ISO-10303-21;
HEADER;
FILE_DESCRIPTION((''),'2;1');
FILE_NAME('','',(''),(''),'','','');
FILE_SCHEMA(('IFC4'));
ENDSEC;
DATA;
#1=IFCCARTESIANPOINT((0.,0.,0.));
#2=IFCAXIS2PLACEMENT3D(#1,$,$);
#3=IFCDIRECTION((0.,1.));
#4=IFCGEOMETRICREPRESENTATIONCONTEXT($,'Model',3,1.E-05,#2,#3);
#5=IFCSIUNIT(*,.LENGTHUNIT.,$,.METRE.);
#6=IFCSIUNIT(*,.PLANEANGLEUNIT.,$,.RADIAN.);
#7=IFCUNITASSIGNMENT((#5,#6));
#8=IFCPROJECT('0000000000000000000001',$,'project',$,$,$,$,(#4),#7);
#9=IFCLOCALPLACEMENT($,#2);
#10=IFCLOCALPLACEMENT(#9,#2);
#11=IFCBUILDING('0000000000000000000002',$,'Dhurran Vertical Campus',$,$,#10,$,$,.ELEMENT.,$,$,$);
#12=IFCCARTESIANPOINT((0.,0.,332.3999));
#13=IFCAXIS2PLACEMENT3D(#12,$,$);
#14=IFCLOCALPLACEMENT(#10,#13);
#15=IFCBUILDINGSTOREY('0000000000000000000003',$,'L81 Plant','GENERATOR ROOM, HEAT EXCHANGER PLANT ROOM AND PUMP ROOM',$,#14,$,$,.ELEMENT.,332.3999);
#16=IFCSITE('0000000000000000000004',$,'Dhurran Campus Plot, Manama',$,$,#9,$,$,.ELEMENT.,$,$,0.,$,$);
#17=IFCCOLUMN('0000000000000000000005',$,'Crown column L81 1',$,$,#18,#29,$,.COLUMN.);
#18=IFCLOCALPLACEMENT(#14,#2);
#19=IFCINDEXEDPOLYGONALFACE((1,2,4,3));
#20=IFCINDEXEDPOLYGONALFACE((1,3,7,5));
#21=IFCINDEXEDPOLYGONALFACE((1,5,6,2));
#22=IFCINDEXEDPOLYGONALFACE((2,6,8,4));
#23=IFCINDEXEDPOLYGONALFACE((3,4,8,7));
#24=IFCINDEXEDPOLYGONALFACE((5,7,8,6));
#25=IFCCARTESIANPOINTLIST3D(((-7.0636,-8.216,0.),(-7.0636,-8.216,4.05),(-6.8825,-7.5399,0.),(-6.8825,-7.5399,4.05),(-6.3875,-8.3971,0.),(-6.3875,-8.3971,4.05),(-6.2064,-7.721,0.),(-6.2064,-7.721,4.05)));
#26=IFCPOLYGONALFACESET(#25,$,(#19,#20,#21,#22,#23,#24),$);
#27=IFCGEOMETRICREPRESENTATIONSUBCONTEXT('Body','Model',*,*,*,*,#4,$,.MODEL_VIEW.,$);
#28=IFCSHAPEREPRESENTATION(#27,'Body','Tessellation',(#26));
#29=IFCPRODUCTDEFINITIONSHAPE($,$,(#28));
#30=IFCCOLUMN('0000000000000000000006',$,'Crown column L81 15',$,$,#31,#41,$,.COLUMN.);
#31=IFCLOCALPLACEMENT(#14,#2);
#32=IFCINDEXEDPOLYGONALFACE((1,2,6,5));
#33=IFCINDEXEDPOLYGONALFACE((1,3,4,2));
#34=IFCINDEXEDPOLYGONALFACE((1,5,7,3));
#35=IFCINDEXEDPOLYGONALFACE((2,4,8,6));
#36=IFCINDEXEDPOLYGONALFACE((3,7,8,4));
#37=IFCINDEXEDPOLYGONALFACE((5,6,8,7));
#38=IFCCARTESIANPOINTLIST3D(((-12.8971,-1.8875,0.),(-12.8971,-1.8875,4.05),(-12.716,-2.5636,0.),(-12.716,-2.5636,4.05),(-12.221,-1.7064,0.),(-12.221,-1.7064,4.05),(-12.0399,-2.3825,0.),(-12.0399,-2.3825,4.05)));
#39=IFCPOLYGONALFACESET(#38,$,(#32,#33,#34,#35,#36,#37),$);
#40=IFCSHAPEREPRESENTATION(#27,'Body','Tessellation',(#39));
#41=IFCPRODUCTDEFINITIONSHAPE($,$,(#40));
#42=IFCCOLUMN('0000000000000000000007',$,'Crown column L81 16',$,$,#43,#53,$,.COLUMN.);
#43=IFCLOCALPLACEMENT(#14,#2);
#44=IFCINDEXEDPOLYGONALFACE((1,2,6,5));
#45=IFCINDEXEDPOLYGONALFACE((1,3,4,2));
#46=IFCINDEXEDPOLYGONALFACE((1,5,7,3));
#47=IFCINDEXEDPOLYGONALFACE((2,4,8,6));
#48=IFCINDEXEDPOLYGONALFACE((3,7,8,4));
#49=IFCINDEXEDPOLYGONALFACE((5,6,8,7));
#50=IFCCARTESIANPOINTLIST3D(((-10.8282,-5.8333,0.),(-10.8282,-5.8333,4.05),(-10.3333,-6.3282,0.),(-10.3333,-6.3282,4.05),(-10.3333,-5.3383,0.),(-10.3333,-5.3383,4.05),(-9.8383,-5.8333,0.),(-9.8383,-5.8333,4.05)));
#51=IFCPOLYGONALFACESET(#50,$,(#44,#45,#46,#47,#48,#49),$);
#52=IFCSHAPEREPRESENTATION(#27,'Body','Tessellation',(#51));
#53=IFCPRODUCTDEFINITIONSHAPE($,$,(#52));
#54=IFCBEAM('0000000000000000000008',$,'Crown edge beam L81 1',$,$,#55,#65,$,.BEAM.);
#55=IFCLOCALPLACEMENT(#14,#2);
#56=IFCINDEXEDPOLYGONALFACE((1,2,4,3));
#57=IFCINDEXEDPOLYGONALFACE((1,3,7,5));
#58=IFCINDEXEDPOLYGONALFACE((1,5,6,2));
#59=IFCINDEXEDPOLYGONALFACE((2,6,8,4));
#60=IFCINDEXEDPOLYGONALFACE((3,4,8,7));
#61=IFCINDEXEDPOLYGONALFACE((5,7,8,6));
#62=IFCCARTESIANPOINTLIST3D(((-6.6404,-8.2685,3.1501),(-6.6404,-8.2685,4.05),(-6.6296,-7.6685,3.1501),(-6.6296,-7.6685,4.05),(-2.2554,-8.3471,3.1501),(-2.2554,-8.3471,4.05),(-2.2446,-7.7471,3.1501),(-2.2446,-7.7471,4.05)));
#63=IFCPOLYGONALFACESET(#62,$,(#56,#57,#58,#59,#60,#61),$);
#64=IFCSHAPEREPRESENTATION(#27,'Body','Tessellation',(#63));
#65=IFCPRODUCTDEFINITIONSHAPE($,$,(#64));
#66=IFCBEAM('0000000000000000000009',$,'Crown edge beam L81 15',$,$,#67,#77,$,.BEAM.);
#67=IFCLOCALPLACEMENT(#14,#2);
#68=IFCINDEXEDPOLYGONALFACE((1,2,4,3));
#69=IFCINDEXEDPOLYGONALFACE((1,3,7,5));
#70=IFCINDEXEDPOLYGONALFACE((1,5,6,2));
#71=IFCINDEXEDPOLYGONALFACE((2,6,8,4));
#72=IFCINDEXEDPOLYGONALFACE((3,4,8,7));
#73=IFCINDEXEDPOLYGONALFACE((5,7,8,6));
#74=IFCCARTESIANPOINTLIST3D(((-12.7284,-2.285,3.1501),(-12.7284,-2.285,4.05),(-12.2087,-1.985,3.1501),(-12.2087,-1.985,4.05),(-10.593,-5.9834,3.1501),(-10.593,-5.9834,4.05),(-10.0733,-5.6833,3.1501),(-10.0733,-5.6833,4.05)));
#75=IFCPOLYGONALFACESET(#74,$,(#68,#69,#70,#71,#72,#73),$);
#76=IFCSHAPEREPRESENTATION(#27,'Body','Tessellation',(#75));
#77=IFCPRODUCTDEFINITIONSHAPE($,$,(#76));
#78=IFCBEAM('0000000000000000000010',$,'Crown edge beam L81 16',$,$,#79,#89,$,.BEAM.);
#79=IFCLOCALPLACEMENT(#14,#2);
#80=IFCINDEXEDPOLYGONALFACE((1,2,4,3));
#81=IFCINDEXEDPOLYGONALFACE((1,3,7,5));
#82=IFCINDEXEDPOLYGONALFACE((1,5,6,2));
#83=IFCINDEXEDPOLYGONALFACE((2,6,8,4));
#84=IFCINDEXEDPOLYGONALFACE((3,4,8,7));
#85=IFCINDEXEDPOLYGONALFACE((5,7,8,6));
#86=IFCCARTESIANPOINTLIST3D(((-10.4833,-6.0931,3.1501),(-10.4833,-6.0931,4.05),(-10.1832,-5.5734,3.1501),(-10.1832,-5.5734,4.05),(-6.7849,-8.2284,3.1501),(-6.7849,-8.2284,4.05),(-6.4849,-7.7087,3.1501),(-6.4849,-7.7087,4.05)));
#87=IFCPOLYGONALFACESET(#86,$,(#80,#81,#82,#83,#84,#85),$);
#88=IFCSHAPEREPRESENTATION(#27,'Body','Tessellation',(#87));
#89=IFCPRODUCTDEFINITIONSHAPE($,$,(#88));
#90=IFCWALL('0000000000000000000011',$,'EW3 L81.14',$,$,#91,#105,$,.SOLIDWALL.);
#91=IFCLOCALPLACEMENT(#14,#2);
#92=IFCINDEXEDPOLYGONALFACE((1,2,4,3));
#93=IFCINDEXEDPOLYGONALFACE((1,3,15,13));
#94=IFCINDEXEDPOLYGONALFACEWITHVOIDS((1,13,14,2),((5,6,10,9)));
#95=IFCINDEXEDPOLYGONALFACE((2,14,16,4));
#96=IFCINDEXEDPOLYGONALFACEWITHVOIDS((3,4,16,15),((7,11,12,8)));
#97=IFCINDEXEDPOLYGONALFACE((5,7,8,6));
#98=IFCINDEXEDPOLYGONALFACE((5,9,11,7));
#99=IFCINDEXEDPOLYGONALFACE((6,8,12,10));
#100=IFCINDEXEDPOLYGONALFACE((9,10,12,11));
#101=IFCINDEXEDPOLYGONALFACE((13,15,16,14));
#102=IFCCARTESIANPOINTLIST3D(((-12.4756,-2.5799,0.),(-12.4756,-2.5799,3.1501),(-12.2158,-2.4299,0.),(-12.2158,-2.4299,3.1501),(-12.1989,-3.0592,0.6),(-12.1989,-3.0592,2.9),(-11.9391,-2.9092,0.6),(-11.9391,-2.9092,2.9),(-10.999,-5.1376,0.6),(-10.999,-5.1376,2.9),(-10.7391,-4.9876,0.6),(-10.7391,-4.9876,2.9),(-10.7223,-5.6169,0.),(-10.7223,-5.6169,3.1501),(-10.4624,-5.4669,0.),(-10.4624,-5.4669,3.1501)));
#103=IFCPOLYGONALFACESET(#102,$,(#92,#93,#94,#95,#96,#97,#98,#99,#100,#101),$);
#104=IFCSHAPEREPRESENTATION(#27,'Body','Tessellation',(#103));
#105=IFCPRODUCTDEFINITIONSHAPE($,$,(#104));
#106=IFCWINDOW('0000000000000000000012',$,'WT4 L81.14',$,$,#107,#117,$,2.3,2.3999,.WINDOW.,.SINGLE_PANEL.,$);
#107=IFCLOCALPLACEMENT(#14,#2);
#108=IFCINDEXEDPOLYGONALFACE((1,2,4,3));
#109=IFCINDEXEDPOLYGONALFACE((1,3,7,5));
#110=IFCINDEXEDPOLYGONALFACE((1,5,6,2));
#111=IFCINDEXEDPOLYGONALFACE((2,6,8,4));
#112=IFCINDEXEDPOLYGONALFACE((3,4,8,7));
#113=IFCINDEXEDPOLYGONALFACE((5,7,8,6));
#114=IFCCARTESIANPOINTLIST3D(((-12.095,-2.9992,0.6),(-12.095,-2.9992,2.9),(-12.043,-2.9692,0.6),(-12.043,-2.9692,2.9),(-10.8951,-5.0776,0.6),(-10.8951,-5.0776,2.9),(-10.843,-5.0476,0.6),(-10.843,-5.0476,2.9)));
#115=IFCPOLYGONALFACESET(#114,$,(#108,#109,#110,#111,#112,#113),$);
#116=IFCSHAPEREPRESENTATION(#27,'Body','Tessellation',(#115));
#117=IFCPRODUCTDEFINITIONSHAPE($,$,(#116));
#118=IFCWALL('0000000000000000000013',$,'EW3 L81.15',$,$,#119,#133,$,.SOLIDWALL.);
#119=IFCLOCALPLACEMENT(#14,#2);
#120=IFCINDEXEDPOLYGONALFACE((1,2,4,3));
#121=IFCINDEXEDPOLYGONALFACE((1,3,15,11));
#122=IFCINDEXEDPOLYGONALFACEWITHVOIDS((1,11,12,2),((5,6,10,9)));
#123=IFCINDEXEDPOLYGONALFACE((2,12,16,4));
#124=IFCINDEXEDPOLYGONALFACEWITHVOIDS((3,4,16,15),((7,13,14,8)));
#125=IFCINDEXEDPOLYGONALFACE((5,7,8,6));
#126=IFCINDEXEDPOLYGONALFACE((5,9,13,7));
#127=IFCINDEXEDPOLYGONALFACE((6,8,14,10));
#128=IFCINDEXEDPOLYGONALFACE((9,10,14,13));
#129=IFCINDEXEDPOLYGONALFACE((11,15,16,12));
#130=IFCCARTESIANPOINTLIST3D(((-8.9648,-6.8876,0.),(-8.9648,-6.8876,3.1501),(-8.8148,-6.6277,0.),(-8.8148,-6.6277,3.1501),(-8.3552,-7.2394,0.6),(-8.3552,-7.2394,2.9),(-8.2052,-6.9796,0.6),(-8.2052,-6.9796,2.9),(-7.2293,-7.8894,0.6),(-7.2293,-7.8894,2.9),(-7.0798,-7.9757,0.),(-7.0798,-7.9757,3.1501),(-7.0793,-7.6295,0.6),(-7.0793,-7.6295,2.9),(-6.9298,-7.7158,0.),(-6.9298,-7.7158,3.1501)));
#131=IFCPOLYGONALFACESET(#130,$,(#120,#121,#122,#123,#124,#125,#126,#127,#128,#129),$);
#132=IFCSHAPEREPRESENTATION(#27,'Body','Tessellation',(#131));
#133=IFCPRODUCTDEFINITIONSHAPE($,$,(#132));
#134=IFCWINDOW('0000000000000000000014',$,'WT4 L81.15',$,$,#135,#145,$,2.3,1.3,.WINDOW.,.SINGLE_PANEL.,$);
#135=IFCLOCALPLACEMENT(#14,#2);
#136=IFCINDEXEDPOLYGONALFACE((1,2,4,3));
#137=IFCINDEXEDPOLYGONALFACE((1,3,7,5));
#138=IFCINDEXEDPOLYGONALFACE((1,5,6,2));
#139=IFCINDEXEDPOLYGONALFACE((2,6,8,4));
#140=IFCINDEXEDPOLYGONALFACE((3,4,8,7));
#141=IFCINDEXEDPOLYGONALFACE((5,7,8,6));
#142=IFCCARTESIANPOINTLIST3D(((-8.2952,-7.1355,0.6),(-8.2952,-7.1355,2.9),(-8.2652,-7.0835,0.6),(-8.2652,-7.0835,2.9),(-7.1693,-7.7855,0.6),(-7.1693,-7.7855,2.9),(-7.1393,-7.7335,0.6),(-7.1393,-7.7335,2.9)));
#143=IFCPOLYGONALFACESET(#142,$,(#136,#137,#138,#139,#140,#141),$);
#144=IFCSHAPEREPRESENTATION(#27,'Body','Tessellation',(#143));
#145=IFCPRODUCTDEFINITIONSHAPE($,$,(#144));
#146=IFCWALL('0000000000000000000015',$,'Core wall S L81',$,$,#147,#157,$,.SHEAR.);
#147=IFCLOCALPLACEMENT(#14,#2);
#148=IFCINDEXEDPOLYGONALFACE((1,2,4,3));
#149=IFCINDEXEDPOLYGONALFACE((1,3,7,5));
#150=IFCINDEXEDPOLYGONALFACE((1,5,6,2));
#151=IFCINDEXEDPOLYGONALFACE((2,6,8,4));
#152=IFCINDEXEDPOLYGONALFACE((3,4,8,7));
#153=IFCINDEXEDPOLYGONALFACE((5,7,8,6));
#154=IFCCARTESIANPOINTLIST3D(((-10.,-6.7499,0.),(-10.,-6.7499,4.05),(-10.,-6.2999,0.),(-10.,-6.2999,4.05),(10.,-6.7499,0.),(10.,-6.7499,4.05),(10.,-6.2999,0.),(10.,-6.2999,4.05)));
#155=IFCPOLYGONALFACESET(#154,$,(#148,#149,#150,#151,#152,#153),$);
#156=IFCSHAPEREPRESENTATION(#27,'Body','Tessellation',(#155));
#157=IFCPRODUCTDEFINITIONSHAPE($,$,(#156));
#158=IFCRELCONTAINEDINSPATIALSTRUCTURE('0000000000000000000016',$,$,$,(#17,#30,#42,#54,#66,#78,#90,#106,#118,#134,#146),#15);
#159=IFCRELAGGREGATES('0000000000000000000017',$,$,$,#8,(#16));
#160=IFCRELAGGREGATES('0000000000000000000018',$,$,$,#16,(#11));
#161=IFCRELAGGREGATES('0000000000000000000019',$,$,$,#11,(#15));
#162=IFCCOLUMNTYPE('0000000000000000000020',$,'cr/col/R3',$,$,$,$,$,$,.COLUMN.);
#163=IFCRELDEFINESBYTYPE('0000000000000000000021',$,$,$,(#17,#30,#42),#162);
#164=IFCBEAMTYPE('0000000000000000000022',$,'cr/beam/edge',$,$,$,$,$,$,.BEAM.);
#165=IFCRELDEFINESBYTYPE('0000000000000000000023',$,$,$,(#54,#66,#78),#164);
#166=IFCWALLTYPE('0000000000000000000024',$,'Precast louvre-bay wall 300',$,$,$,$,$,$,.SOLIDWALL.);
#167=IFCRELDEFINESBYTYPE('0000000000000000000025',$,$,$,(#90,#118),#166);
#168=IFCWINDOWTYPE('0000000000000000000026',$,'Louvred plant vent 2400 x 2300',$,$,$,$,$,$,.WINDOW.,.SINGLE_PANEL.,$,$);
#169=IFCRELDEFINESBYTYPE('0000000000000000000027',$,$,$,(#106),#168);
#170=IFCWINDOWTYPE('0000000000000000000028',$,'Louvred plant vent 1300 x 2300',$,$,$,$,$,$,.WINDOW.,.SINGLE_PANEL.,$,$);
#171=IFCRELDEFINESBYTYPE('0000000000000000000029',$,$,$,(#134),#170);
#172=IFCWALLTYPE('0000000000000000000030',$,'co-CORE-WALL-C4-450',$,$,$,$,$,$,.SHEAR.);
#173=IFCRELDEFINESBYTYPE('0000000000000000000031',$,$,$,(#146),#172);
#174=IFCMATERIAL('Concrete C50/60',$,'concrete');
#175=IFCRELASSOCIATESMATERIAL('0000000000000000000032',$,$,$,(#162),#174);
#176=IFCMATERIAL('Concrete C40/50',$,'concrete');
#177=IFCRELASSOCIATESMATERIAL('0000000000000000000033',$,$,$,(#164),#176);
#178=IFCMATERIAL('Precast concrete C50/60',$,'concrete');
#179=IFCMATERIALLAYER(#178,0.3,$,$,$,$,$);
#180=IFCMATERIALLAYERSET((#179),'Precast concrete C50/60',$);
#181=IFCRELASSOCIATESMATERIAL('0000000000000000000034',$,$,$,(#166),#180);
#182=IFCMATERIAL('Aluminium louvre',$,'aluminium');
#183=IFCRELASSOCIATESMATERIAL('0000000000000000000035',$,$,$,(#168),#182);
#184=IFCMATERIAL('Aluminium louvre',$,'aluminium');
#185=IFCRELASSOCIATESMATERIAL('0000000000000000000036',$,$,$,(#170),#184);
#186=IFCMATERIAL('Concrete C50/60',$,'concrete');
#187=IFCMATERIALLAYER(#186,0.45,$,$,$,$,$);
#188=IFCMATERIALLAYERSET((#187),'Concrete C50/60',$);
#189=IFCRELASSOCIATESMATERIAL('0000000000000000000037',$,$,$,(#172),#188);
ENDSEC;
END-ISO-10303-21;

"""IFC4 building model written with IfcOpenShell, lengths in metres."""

from ifc_helpers import new_model, si_unit, direction, frame, frame_2d, origin, origin_2d, place, context, subcontext, project, spatial, rectangle, extrude, material, layer, layer_set, material_profile, profile_set, type_object, element, fill, save


model = new_model("IFC4")

# Units and contexts
model_context = context("Model", 3, precision=1e-05, world=origin(), true_north=direction((0.0, 1.0)))
body_context = subcontext(model_context, "Body", "Model", "MODEL_VIEW")
ifc_project = project(units=[si_unit("LENGTHUNIT", "METRE"), si_unit("PLANEANGLEUNIT", "RADIAN")], contexts=[model_context])

# Site, building, storey
site_placement = place(None, origin())
site = spatial("IfcSite", under=ifc_project, at=site_placement, Name="Dhurran Campus Plot, Manama", CompositionType="ELEMENT", RefElevation=0.0)
building_placement = place(site_placement, origin())
building = spatial("IfcBuilding", under=site, at=building_placement, Name="Dhurran Vertical Campus", CompositionType="ELEMENT")
storey_placement = place(building_placement, frame((0.0, 0.0, 332.3999)))
storey = spatial("IfcBuildingStorey", under=building, at=storey_placement, Name="L81 Plant", Description="GENERATOR ROOM, HEAT EXCHANGER PLANT ROOM AND PUMP ROOM", CompositionType="ELEMENT", Elevation=332.3999)

# Columns
ifc_material_1 = material(Name="Concrete C50/60", Category="concrete")
ifc_material_profile_1 = material_profile(ifc_material_1, rectangle(XDim=0.7, YDim=0.7, at=origin_2d()), Name="cr/col/R3")
ifc_profile_set_1 = profile_set([ifc_material_profile_1], Name="Concrete C50/60")
column_type = type_object("IfcColumnType", Name="cr/col/R3", PredefinedType="COLUMN", material=ifc_profile_set_1)
for number, where, z_axis, x_axis, name in (
    (1, (-6.635, -7.9685, 0.0), (0.0, 0.0, 1.0), (0.965926, -0.258819, 0.0), "Crown column L81 1"),
    (2, (-12.4685, -2.135, 0.0), (0.0, 0.0, 1.0), (0.258819, -0.965926, 0.0), "Crown column L81 15"),
    (3, (-10.3333, -5.8333, 0.0), (0.0, 0.0, 1.0), (0.707107, -0.707107, 0.0), "Crown column L81 16"),
):
    element("IfcColumn", number, at=place(storey_placement, frame(where, z_axis=z_axis, x_axis=x_axis)), inside=storey, type_object=column_type, Name=name, PredefinedType="COLUMN", context=body_context, shape_type="SweptSolid", body=[
        extrude(rectangle(XDim=0.7, YDim=0.7, at=origin_2d()), origin(), (0.0, 0.0, 1.0), 4.05),
    ])

# Beams
ifc_material_2 = material(Name="Concrete C40/50", Category="concrete")
ifc_material_profile_2 = material_profile(ifc_material_2, rectangle(XDim=0.6001, YDim=0.8999, at=origin_2d()), Name="cr/beam/edge")
ifc_profile_set_2 = profile_set([ifc_material_profile_2], Name="Concrete C40/50")
beam_type = type_object("IfcBeamType", Name="cr/beam/edge", PredefinedType="BEAM", material=ifc_profile_set_2)
beam_placement = place(storey_placement, frame((-6.635, -7.9685, 3.6001), z_axis=(0.999839, -0.017925, 0.0), x_axis=(0.017925, 0.999839, 0.0)))
element("IfcBeam", 4, at=beam_placement, inside=storey, type_object=beam_type, Name="Crown edge beam L81 1", PredefinedType="BEAM", context=body_context, shape_type="SweptSolid", body=[
    extrude(rectangle(XDim=0.6001, YDim=0.8999, at=origin_2d()), origin(), (0.0, 0.0, 1.0), 4.3857),
])
for number, where, z_axis, x_axis, name in (
    (5, (-12.4685, -2.135, 3.6001), (0.500013, -0.866018, 0.0), (0.866018, 0.500013, 0.0), "Crown edge beam L81 15"),
    (6, (-10.3333, -5.8333, 3.6001), (0.866018, -0.500013, 0.0), (0.500013, 0.866018, 0.0), "Crown edge beam L81 16"),
):
    element("IfcBeam", number, at=place(storey_placement, frame(where, z_axis=z_axis, x_axis=x_axis)), inside=storey, type_object=beam_type, Name=name, PredefinedType="BEAM", context=body_context, shape_type="SweptSolid", body=[
        extrude(rectangle(XDim=0.6001, YDim=0.8999, at=origin_2d()), origin(), (0.0, 0.0, 1.0), 4.2705),
    ])

# Walls, openings, windows
ifc_material_3 = material(Name="Precast concrete C50/60", Category="concrete")
ifc_layer_1 = layer(ifc_material_3, 0.3)
ifc_layer_set_1 = layer_set([ifc_layer_1], Name="Precast concrete C50/60")
wall_type_1 = type_object("IfcWallType", Name="Precast louvre-bay wall 300", PredefinedType="SOLIDWALL", material=ifc_layer_set_1)
wall_1_placement = place(storey_placement, frame((-12.3457, -2.5049, 0.0), z_axis=(0.0, 0.0, 1.0), x_axis=(0.499988, -0.866033, 0.0)))
wall_1 = element("IfcWall", 7, at=wall_1_placement, inside=storey, type_object=wall_type_1, Name="EW3 L81.14", PredefinedType="SOLIDWALL", context=body_context, shape_type="SweptSolid", body=[
    extrude(rectangle(XDim=3.5068, YDim=0.3, at=frame_2d((1.7534, 0.0))), origin(), (0.0, 0.0, 1.0), 3.1501),
])
opening_1_placement = place(wall_1_placement, frame((0.5535, 0.0, 0.6001)))
opening_1 = element("IfcOpeningElement", 8, at=opening_1_placement, cuts=wall_1, PredefinedType="OPENING", context=body_context, shape_type="SweptSolid", body=[
    extrude(rectangle(XDim=2.3999, YDim=2.3, at=frame_2d((1.2, 1.1499))), frame((0.0, 0.1599, 0.0), z_axis=(0.0, -1.0, 0.0), x_axis=(1.0, 0.0, 0.0)), (0.0, 0.0, 1.0), 0.3201),
])
ifc_material_4 = material(Name="Aluminium louvre", Category="aluminium")
window_type_1 = type_object("IfcWindowType", Name="Louvred plant vent 2400 x 2300", PartitioningType="SINGLE_PANEL", PredefinedType="WINDOW", material=ifc_material_4)
window_1_placement = place(opening_1_placement, origin())
window_1 = element("IfcWindow", 9, at=window_1_placement, inside=storey, type_object=window_type_1, Name="WT4 L81.14", OverallHeight=2.3, OverallWidth=2.3999, PartitioningType="SINGLE_PANEL", PredefinedType="WINDOW", context=body_context, shape_type="SweptSolid", body=[
    extrude(rectangle(XDim=2.3999, YDim=2.3, at=frame_2d((1.2, 1.1499))), frame((0.0, 0.03, 0.0), z_axis=(0.0, -1.0, 0.0), x_axis=(1.0, 0.0, 0.0)), (0.0, 0.0, 1.0), 0.0601),
])
fill(opening_1, window_1)
wall_2_placement = place(storey_placement, frame((-8.8899, -6.7576, 0.0), z_axis=(0.0, 0.0, 1.0), x_axis=(0.86606, -0.499939, 0.0)))
wall_2 = element("IfcWall", 10, at=wall_2_placement, inside=storey, type_object=wall_type_1, Name="EW3 L81.15", PredefinedType="SOLIDWALL", context=body_context, shape_type="SweptSolid", body=[
    extrude(rectangle(XDim=2.1765, YDim=0.3, at=frame_2d((1.0884, 0.0))), origin(), (0.0, 0.0, 1.0), 3.1501),
])
opening_2_placement = place(wall_2_placement, frame((0.7041, 0.0, 0.6001)))
opening_2 = element("IfcOpeningElement", 11, at=opening_2_placement, cuts=wall_2, PredefinedType="OPENING", context=body_context, shape_type="SweptSolid", body=[
    extrude(rectangle(XDim=1.3, YDim=2.3, at=frame_2d((0.6499, 1.1499))), frame((0.0, 0.1599, 0.0), z_axis=(0.0, -1.0, 0.0), x_axis=(1.0, 0.0, 0.0)), (0.0, 0.0, 1.0), 0.3201),
])
ifc_material_5 = material(Name="Aluminium louvre", Category="aluminium")
window_type_2 = type_object("IfcWindowType", Name="Louvred plant vent 1300 x 2300", PartitioningType="SINGLE_PANEL", PredefinedType="WINDOW", material=ifc_material_5)
window_2_placement = place(opening_2_placement, origin())
window_2 = element("IfcWindow", 12, at=window_2_placement, inside=storey, type_object=window_type_2, Name="WT4 L81.15", OverallHeight=2.3, OverallWidth=1.3, PartitioningType="SINGLE_PANEL", PredefinedType="WINDOW", context=body_context, shape_type="SweptSolid", body=[
    extrude(rectangle(XDim=1.3, YDim=2.3, at=frame_2d((0.6499, 1.1499))), frame((0.0, 0.03, 0.0), z_axis=(0.0, -1.0, 0.0), x_axis=(1.0, 0.0, 0.0)), (0.0, 0.0, 1.0), 0.0601),
])
fill(opening_2, window_2)

# Wall
ifc_material_6 = material(Name="Concrete C50/60", Category="concrete")
ifc_layer_2 = layer(ifc_material_6, 0.45)
ifc_layer_set_2 = layer_set([ifc_layer_2], Name="Concrete C50/60")
wall_type_2 = type_object("IfcWallType", Name="co-CORE-WALL-C4-450", PredefinedType="SHEAR", material=ifc_layer_set_2)
wall_3_placement = place(storey_placement, frame((-10.0, -6.5249, 0.0), z_axis=(0.0, 0.0, 1.0), x_axis=(1.0, 0.0, 0.0)))
element("IfcWall", 13, at=wall_3_placement, inside=storey, type_object=wall_type_2, Name="Core wall S L81", PredefinedType="SHEAR", context=body_context, shape_type="SweptSolid", body=[
    extrude(rectangle(XDim=20.0, YDim=0.45, at=frame_2d((10.0, 0.0))), origin(), (0.0, 0.0, 1.0), 4.05),
])

save(model, "model.ifc")
